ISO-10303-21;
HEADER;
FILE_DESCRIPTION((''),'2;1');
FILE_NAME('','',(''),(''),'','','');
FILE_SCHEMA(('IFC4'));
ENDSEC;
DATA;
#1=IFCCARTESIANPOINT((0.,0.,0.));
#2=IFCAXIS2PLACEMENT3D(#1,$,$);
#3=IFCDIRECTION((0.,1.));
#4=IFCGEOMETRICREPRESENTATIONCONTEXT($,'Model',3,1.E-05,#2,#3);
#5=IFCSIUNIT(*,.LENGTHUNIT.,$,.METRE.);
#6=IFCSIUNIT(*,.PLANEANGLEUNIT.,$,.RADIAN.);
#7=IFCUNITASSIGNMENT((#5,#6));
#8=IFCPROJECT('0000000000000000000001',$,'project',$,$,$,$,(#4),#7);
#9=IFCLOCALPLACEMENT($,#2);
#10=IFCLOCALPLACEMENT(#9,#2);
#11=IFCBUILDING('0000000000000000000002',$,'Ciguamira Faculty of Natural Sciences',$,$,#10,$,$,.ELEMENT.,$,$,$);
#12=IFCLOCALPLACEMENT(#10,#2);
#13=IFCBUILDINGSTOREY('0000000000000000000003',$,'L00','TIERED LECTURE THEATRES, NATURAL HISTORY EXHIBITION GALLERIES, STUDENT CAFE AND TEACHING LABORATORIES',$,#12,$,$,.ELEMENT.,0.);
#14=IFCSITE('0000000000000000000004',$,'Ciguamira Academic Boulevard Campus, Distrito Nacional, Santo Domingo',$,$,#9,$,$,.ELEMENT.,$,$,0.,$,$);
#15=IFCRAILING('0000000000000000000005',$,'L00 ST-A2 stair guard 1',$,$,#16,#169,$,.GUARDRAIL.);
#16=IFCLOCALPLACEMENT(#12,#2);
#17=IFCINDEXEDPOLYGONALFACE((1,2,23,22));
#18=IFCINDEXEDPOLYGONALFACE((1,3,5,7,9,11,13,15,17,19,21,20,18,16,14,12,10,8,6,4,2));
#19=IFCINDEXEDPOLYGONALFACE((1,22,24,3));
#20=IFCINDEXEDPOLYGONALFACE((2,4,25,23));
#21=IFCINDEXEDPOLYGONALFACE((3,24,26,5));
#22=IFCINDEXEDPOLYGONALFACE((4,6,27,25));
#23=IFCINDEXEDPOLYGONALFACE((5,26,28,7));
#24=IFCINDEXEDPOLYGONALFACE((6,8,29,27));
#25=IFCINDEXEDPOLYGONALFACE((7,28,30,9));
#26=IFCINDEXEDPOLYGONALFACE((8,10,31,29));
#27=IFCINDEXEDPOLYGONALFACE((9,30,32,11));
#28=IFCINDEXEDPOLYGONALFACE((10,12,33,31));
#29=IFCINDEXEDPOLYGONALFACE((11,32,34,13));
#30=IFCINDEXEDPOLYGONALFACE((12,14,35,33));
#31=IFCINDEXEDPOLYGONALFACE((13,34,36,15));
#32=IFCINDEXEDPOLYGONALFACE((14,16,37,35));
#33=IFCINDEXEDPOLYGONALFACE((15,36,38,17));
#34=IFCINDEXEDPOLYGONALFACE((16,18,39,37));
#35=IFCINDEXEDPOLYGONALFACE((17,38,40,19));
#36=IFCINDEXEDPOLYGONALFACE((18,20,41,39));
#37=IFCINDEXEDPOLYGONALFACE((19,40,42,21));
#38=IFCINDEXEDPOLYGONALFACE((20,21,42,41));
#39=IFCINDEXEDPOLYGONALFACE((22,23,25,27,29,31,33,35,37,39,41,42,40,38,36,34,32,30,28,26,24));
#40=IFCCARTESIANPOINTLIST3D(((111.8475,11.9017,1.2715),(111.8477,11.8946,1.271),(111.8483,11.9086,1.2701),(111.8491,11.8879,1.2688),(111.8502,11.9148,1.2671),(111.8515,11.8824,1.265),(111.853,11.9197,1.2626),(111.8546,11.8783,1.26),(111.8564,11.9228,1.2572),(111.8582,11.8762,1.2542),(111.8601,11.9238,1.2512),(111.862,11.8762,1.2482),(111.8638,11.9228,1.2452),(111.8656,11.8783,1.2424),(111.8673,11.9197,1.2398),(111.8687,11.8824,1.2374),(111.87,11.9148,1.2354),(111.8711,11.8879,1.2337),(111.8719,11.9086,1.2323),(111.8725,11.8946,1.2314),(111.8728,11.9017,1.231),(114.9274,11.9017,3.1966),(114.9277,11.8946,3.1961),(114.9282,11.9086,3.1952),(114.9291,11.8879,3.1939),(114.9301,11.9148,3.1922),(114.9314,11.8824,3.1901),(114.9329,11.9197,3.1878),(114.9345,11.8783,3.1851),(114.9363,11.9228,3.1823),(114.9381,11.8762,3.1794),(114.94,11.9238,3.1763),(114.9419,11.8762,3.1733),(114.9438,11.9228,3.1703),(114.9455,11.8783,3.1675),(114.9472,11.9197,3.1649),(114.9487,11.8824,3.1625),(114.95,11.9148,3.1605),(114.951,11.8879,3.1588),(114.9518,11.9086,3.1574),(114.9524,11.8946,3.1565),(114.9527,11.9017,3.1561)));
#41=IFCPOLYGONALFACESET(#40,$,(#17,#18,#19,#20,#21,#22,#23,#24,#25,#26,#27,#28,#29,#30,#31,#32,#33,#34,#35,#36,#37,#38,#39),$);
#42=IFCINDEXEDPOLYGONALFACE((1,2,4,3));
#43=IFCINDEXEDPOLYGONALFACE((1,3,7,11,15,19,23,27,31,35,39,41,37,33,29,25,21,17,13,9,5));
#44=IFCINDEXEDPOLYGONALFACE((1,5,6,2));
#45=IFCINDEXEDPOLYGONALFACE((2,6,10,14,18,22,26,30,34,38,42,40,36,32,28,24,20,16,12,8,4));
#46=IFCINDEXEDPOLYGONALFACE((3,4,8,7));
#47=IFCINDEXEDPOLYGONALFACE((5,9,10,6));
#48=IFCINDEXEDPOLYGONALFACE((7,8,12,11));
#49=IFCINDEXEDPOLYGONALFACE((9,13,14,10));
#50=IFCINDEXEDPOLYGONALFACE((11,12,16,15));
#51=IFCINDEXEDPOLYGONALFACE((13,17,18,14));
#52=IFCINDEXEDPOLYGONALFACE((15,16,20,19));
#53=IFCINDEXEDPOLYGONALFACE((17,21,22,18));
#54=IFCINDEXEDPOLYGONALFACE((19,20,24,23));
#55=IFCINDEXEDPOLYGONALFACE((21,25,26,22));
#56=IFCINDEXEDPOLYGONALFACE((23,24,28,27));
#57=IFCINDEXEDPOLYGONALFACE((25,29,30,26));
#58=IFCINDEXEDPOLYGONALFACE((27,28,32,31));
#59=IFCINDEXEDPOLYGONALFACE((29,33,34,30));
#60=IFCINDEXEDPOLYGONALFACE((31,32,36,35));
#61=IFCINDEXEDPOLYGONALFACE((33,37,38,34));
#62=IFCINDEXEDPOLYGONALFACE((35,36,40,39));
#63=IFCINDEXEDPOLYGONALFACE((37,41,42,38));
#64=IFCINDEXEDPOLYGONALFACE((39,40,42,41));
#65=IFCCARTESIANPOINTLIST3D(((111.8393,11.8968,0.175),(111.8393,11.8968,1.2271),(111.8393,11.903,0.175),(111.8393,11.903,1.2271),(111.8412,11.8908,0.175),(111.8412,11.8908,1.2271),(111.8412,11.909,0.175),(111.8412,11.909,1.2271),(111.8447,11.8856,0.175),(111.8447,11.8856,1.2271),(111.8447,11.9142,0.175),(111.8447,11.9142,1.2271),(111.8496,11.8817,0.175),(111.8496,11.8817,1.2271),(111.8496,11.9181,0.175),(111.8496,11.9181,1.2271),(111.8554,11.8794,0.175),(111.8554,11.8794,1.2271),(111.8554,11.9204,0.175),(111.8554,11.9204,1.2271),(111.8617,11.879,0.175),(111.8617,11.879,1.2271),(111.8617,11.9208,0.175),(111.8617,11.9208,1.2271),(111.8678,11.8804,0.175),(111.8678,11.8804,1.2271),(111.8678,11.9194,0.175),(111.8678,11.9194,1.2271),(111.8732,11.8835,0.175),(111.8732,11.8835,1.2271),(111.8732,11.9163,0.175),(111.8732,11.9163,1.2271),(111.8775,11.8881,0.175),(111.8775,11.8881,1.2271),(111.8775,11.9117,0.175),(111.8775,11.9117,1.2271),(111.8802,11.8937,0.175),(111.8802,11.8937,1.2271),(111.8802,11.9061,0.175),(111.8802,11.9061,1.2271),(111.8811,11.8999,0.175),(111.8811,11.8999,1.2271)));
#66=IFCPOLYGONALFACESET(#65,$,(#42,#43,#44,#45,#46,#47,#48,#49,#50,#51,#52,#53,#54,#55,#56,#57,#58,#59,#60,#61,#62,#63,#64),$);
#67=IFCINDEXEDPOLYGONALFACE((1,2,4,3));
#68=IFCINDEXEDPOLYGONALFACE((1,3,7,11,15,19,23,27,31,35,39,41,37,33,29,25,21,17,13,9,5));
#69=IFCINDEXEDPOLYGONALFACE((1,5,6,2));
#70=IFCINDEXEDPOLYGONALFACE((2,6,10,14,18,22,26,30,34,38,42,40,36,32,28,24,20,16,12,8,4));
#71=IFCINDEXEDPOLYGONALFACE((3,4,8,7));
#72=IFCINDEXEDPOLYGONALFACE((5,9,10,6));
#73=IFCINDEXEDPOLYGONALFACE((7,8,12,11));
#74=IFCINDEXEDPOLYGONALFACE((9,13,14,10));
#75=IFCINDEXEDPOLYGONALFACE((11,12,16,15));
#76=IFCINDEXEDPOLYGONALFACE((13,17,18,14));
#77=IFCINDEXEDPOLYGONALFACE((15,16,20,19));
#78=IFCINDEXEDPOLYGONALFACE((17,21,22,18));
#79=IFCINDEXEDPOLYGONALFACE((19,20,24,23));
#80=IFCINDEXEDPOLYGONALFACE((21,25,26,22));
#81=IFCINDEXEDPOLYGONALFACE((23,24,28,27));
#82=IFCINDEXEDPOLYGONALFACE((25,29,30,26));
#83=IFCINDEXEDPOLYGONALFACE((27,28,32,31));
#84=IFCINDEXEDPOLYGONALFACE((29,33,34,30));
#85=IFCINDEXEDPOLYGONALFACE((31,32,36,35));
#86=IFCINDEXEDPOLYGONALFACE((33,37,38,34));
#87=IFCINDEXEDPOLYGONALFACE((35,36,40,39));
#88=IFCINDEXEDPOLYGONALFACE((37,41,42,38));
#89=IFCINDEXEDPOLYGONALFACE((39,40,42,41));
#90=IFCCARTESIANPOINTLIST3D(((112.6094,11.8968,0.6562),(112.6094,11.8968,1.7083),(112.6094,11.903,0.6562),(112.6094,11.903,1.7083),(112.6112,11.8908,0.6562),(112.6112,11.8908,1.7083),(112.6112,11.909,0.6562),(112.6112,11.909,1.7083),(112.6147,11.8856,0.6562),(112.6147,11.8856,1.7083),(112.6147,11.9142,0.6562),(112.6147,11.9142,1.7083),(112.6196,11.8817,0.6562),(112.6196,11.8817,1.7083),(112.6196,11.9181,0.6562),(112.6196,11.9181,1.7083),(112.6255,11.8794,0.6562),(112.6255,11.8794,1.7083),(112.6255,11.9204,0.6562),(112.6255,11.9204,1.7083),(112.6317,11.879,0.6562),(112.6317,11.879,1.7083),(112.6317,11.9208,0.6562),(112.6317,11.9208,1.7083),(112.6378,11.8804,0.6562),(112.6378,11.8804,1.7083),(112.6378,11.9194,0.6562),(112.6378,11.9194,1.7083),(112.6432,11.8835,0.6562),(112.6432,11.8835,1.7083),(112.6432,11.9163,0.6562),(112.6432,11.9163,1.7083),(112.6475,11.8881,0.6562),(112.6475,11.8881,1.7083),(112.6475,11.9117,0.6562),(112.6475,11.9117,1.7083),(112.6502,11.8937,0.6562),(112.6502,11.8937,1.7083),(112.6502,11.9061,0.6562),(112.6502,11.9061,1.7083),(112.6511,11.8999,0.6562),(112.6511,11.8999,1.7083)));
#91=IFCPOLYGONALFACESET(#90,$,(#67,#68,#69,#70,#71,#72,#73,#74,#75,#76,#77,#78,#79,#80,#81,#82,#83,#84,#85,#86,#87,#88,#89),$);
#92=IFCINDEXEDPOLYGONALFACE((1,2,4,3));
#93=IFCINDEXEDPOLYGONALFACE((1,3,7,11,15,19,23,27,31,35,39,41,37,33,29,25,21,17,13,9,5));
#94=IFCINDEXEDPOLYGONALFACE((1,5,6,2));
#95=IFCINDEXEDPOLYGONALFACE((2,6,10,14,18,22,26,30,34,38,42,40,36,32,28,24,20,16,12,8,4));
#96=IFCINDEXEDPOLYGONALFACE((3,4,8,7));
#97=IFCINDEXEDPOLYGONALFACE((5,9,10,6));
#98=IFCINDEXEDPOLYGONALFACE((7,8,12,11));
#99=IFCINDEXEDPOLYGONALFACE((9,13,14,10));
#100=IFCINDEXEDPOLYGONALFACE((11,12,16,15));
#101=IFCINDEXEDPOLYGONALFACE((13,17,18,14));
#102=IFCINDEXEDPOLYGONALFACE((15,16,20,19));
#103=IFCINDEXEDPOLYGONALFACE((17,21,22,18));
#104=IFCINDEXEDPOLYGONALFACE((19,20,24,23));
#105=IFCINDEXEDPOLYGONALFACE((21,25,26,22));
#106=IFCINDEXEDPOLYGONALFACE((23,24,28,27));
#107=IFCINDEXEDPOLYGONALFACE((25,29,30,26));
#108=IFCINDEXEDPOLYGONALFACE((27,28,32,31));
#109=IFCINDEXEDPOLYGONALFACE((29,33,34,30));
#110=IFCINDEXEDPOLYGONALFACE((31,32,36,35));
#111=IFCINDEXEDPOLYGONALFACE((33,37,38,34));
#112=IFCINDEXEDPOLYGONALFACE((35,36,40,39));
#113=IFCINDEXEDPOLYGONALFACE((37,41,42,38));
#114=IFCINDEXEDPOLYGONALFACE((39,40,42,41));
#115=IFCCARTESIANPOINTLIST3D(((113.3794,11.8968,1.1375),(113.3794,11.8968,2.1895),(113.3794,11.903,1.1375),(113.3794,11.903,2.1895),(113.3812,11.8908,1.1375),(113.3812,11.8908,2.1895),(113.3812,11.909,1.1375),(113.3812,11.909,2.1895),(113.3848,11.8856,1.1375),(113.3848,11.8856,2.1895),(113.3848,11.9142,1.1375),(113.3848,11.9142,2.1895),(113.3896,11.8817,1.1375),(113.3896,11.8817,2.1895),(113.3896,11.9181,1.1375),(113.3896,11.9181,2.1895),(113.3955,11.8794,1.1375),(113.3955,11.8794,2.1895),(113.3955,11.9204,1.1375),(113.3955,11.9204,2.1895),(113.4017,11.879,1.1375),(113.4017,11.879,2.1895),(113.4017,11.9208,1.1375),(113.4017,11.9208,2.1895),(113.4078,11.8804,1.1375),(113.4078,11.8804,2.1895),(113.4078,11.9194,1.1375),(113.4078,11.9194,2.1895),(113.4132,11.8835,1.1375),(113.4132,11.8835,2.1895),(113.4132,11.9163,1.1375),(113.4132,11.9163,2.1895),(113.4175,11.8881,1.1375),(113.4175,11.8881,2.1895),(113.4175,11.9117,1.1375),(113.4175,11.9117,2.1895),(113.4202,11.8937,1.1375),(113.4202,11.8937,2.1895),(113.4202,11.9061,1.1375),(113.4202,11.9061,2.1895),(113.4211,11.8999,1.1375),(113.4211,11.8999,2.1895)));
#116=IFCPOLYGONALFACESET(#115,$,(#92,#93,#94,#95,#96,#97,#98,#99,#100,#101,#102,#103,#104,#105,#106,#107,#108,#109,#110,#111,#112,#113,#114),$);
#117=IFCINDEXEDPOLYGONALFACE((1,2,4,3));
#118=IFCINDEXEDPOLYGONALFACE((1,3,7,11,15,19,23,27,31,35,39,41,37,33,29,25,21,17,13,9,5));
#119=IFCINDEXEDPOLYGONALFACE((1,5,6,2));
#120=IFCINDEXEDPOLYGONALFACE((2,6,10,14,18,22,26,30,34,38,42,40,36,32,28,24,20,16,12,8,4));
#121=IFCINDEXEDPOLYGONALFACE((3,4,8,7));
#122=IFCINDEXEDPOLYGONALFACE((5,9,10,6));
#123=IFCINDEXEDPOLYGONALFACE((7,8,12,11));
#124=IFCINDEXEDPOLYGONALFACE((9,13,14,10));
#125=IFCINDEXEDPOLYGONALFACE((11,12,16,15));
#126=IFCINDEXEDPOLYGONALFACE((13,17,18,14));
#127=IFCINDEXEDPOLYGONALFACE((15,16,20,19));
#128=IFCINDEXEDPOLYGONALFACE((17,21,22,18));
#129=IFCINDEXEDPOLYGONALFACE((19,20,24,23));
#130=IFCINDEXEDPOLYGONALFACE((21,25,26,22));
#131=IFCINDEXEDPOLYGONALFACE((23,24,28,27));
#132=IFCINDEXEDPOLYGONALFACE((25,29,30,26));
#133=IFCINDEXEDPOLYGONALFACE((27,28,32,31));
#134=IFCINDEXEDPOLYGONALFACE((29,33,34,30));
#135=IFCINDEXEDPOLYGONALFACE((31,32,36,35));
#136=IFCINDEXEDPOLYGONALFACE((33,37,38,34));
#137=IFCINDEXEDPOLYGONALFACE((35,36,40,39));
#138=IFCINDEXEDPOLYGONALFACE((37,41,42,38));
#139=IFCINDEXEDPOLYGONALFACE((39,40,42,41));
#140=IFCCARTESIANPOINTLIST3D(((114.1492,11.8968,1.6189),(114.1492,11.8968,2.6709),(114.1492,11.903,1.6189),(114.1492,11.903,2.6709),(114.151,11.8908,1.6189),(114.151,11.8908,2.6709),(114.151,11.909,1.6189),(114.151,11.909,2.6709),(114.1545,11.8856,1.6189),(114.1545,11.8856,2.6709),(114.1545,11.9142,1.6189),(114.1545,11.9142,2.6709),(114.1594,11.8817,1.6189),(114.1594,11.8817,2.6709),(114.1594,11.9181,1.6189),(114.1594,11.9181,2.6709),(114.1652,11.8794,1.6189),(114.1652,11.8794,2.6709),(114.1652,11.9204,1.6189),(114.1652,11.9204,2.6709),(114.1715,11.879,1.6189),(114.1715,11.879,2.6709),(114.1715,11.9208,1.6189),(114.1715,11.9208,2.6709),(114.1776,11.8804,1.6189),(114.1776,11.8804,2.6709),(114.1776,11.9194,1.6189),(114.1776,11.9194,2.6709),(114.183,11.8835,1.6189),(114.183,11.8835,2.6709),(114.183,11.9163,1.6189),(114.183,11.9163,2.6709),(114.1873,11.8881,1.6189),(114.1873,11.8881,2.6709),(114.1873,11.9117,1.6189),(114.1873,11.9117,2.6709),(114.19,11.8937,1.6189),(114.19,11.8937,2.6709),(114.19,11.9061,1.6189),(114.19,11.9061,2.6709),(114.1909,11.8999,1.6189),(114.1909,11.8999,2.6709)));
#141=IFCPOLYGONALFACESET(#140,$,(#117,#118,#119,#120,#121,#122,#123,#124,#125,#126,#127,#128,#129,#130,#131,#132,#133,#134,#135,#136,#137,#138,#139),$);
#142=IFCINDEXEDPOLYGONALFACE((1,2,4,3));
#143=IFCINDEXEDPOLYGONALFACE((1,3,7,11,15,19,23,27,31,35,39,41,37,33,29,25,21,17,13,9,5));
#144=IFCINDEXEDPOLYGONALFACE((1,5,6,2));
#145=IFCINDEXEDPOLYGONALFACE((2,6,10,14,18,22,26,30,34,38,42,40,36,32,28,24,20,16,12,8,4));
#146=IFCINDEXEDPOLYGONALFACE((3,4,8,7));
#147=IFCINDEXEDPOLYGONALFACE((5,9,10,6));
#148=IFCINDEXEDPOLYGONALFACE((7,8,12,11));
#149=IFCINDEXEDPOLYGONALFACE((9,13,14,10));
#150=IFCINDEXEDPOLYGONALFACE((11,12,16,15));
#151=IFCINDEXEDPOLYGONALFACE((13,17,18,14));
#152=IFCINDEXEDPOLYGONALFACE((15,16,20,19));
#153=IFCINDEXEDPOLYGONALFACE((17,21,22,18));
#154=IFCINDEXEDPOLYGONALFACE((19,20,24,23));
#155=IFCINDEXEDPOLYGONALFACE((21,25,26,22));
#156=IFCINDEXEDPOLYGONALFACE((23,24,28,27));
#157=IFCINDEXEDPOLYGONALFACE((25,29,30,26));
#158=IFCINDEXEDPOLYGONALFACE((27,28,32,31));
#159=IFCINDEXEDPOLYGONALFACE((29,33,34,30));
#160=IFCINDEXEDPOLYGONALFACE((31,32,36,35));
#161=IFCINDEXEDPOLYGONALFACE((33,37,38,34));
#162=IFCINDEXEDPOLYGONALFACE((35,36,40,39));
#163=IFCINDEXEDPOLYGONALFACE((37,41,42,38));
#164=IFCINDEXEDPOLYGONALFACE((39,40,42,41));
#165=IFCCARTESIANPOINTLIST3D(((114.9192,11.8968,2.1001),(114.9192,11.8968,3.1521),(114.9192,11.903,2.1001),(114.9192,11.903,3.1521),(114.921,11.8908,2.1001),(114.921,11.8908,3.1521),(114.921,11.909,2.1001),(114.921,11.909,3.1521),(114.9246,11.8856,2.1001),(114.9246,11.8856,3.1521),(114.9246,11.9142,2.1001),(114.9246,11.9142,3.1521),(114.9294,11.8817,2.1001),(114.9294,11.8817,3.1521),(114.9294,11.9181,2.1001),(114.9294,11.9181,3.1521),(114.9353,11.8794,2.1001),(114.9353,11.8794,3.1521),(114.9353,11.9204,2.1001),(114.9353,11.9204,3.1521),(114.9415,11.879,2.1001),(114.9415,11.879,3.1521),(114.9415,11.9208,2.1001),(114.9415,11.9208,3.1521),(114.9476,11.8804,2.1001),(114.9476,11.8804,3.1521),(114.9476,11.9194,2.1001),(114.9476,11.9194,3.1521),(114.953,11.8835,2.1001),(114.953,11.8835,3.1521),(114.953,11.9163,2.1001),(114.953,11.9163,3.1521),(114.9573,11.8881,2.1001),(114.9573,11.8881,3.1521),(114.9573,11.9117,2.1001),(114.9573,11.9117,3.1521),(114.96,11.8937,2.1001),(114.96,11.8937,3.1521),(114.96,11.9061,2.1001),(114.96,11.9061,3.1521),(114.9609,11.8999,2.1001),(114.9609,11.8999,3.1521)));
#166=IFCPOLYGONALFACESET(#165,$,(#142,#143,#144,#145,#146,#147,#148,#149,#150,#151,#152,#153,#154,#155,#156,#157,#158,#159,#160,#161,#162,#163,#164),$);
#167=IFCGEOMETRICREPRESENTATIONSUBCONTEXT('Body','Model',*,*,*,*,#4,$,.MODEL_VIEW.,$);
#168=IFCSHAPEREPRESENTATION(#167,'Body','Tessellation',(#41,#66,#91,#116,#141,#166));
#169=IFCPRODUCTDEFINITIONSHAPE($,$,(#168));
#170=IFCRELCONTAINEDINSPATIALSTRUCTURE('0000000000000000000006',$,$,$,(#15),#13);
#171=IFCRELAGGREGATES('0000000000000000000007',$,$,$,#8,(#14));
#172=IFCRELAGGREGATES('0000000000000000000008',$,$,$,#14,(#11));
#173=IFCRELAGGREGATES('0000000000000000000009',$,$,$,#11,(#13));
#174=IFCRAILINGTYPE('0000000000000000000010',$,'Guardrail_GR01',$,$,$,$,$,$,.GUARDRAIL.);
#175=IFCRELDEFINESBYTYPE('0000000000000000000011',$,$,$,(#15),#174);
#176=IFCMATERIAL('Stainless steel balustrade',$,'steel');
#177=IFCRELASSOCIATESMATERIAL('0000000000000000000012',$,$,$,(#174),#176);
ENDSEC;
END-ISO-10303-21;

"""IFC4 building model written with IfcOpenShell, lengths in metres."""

from ifc_helpers import new_model, si_unit, direction, frame, origin, origin_2d, place, context, subcontext, project, spatial, circle, extrude, material, type_object, element, save


model = new_model("IFC4")

# Units and contexts
model_context = context("Model", 3, precision=1e-05, world=origin(), true_north=direction((0.0, 1.0)))
body_context = subcontext(model_context, "Body", "Model", "MODEL_VIEW")
ifc_project = project(units=[si_unit("LENGTHUNIT", "METRE"), si_unit("PLANEANGLEUNIT", "RADIAN")], contexts=[model_context])

# Site, building, storey
site_placement = place(None, origin())
site = spatial("IfcSite", under=ifc_project, at=site_placement, Name="Ciguamira Academic Boulevard Campus, Distrito Nacional, Santo Domingo", CompositionType="ELEMENT", RefElevation=0.0)
building_placement = place(site_placement, origin())
building = spatial("IfcBuilding", under=site, at=building_placement, Name="Ciguamira Faculty of Natural Sciences", CompositionType="ELEMENT")
storey_placement = place(building_placement, origin())
storey = spatial("IfcBuildingStorey", under=building, at=storey_placement, Name="L00", Description="TIERED LECTURE THEATRES, NATURAL HISTORY EXHIBITION GALLERIES, STUDENT CAFE AND TEACHING LABORATORIES", CompositionType="ELEMENT", Elevation=0.0)

# Railing
ifc_material_1 = material(Name="Stainless steel balustrade", Category="steel")
railing_type_1 = type_object("IfcRailingType", Name="Guardrail_GR01", PredefinedType="GUARDRAIL", material=ifc_material_1)
railing_1_placement = place(storey_placement, frame((111.8601, 11.8999, 0.175)))
element("IfcRailing", 1, at=railing_1_placement, inside=storey, type_object=railing_type_1, Name="L00 ST-A2 stair guard 1", PredefinedType="GUARDRAIL", context=body_context, shape_type="SweptSolid", body=[
    extrude(circle(Radius=0.0239, at=origin_2d()), frame((0.0, 0.0, 1.0762), z_axis=(0.847979, 0.0, 0.530029), x_axis=(0.0, 1.0, 0.0)), (0.0, 0.0, 1.0), 3.6321),
    extrude(circle(Radius=0.021, at=origin_2d()), origin(), (0.0, 0.0, 1.0), 1.052),
    extrude(circle(Radius=0.021, at=origin_2d()), frame((0.77, 0.0, 0.4812)), (0.0, 0.0, 1.0), 1.052),
    extrude(circle(Radius=0.021, at=origin_2d()), frame((1.54, 0.0, 0.9624)), (0.0, 0.0, 1.0), 1.052),
    extrude(circle(Radius=0.021, at=origin_2d()), frame((2.3098, 0.0, 1.4438)), (0.0, 0.0, 1.0), 1.052),
    extrude(circle(Radius=0.021, at=origin_2d()), frame((3.0798, 0.0, 1.925)), (0.0, 0.0, 1.0), 1.052),
])

save(model, "model.ifc")
